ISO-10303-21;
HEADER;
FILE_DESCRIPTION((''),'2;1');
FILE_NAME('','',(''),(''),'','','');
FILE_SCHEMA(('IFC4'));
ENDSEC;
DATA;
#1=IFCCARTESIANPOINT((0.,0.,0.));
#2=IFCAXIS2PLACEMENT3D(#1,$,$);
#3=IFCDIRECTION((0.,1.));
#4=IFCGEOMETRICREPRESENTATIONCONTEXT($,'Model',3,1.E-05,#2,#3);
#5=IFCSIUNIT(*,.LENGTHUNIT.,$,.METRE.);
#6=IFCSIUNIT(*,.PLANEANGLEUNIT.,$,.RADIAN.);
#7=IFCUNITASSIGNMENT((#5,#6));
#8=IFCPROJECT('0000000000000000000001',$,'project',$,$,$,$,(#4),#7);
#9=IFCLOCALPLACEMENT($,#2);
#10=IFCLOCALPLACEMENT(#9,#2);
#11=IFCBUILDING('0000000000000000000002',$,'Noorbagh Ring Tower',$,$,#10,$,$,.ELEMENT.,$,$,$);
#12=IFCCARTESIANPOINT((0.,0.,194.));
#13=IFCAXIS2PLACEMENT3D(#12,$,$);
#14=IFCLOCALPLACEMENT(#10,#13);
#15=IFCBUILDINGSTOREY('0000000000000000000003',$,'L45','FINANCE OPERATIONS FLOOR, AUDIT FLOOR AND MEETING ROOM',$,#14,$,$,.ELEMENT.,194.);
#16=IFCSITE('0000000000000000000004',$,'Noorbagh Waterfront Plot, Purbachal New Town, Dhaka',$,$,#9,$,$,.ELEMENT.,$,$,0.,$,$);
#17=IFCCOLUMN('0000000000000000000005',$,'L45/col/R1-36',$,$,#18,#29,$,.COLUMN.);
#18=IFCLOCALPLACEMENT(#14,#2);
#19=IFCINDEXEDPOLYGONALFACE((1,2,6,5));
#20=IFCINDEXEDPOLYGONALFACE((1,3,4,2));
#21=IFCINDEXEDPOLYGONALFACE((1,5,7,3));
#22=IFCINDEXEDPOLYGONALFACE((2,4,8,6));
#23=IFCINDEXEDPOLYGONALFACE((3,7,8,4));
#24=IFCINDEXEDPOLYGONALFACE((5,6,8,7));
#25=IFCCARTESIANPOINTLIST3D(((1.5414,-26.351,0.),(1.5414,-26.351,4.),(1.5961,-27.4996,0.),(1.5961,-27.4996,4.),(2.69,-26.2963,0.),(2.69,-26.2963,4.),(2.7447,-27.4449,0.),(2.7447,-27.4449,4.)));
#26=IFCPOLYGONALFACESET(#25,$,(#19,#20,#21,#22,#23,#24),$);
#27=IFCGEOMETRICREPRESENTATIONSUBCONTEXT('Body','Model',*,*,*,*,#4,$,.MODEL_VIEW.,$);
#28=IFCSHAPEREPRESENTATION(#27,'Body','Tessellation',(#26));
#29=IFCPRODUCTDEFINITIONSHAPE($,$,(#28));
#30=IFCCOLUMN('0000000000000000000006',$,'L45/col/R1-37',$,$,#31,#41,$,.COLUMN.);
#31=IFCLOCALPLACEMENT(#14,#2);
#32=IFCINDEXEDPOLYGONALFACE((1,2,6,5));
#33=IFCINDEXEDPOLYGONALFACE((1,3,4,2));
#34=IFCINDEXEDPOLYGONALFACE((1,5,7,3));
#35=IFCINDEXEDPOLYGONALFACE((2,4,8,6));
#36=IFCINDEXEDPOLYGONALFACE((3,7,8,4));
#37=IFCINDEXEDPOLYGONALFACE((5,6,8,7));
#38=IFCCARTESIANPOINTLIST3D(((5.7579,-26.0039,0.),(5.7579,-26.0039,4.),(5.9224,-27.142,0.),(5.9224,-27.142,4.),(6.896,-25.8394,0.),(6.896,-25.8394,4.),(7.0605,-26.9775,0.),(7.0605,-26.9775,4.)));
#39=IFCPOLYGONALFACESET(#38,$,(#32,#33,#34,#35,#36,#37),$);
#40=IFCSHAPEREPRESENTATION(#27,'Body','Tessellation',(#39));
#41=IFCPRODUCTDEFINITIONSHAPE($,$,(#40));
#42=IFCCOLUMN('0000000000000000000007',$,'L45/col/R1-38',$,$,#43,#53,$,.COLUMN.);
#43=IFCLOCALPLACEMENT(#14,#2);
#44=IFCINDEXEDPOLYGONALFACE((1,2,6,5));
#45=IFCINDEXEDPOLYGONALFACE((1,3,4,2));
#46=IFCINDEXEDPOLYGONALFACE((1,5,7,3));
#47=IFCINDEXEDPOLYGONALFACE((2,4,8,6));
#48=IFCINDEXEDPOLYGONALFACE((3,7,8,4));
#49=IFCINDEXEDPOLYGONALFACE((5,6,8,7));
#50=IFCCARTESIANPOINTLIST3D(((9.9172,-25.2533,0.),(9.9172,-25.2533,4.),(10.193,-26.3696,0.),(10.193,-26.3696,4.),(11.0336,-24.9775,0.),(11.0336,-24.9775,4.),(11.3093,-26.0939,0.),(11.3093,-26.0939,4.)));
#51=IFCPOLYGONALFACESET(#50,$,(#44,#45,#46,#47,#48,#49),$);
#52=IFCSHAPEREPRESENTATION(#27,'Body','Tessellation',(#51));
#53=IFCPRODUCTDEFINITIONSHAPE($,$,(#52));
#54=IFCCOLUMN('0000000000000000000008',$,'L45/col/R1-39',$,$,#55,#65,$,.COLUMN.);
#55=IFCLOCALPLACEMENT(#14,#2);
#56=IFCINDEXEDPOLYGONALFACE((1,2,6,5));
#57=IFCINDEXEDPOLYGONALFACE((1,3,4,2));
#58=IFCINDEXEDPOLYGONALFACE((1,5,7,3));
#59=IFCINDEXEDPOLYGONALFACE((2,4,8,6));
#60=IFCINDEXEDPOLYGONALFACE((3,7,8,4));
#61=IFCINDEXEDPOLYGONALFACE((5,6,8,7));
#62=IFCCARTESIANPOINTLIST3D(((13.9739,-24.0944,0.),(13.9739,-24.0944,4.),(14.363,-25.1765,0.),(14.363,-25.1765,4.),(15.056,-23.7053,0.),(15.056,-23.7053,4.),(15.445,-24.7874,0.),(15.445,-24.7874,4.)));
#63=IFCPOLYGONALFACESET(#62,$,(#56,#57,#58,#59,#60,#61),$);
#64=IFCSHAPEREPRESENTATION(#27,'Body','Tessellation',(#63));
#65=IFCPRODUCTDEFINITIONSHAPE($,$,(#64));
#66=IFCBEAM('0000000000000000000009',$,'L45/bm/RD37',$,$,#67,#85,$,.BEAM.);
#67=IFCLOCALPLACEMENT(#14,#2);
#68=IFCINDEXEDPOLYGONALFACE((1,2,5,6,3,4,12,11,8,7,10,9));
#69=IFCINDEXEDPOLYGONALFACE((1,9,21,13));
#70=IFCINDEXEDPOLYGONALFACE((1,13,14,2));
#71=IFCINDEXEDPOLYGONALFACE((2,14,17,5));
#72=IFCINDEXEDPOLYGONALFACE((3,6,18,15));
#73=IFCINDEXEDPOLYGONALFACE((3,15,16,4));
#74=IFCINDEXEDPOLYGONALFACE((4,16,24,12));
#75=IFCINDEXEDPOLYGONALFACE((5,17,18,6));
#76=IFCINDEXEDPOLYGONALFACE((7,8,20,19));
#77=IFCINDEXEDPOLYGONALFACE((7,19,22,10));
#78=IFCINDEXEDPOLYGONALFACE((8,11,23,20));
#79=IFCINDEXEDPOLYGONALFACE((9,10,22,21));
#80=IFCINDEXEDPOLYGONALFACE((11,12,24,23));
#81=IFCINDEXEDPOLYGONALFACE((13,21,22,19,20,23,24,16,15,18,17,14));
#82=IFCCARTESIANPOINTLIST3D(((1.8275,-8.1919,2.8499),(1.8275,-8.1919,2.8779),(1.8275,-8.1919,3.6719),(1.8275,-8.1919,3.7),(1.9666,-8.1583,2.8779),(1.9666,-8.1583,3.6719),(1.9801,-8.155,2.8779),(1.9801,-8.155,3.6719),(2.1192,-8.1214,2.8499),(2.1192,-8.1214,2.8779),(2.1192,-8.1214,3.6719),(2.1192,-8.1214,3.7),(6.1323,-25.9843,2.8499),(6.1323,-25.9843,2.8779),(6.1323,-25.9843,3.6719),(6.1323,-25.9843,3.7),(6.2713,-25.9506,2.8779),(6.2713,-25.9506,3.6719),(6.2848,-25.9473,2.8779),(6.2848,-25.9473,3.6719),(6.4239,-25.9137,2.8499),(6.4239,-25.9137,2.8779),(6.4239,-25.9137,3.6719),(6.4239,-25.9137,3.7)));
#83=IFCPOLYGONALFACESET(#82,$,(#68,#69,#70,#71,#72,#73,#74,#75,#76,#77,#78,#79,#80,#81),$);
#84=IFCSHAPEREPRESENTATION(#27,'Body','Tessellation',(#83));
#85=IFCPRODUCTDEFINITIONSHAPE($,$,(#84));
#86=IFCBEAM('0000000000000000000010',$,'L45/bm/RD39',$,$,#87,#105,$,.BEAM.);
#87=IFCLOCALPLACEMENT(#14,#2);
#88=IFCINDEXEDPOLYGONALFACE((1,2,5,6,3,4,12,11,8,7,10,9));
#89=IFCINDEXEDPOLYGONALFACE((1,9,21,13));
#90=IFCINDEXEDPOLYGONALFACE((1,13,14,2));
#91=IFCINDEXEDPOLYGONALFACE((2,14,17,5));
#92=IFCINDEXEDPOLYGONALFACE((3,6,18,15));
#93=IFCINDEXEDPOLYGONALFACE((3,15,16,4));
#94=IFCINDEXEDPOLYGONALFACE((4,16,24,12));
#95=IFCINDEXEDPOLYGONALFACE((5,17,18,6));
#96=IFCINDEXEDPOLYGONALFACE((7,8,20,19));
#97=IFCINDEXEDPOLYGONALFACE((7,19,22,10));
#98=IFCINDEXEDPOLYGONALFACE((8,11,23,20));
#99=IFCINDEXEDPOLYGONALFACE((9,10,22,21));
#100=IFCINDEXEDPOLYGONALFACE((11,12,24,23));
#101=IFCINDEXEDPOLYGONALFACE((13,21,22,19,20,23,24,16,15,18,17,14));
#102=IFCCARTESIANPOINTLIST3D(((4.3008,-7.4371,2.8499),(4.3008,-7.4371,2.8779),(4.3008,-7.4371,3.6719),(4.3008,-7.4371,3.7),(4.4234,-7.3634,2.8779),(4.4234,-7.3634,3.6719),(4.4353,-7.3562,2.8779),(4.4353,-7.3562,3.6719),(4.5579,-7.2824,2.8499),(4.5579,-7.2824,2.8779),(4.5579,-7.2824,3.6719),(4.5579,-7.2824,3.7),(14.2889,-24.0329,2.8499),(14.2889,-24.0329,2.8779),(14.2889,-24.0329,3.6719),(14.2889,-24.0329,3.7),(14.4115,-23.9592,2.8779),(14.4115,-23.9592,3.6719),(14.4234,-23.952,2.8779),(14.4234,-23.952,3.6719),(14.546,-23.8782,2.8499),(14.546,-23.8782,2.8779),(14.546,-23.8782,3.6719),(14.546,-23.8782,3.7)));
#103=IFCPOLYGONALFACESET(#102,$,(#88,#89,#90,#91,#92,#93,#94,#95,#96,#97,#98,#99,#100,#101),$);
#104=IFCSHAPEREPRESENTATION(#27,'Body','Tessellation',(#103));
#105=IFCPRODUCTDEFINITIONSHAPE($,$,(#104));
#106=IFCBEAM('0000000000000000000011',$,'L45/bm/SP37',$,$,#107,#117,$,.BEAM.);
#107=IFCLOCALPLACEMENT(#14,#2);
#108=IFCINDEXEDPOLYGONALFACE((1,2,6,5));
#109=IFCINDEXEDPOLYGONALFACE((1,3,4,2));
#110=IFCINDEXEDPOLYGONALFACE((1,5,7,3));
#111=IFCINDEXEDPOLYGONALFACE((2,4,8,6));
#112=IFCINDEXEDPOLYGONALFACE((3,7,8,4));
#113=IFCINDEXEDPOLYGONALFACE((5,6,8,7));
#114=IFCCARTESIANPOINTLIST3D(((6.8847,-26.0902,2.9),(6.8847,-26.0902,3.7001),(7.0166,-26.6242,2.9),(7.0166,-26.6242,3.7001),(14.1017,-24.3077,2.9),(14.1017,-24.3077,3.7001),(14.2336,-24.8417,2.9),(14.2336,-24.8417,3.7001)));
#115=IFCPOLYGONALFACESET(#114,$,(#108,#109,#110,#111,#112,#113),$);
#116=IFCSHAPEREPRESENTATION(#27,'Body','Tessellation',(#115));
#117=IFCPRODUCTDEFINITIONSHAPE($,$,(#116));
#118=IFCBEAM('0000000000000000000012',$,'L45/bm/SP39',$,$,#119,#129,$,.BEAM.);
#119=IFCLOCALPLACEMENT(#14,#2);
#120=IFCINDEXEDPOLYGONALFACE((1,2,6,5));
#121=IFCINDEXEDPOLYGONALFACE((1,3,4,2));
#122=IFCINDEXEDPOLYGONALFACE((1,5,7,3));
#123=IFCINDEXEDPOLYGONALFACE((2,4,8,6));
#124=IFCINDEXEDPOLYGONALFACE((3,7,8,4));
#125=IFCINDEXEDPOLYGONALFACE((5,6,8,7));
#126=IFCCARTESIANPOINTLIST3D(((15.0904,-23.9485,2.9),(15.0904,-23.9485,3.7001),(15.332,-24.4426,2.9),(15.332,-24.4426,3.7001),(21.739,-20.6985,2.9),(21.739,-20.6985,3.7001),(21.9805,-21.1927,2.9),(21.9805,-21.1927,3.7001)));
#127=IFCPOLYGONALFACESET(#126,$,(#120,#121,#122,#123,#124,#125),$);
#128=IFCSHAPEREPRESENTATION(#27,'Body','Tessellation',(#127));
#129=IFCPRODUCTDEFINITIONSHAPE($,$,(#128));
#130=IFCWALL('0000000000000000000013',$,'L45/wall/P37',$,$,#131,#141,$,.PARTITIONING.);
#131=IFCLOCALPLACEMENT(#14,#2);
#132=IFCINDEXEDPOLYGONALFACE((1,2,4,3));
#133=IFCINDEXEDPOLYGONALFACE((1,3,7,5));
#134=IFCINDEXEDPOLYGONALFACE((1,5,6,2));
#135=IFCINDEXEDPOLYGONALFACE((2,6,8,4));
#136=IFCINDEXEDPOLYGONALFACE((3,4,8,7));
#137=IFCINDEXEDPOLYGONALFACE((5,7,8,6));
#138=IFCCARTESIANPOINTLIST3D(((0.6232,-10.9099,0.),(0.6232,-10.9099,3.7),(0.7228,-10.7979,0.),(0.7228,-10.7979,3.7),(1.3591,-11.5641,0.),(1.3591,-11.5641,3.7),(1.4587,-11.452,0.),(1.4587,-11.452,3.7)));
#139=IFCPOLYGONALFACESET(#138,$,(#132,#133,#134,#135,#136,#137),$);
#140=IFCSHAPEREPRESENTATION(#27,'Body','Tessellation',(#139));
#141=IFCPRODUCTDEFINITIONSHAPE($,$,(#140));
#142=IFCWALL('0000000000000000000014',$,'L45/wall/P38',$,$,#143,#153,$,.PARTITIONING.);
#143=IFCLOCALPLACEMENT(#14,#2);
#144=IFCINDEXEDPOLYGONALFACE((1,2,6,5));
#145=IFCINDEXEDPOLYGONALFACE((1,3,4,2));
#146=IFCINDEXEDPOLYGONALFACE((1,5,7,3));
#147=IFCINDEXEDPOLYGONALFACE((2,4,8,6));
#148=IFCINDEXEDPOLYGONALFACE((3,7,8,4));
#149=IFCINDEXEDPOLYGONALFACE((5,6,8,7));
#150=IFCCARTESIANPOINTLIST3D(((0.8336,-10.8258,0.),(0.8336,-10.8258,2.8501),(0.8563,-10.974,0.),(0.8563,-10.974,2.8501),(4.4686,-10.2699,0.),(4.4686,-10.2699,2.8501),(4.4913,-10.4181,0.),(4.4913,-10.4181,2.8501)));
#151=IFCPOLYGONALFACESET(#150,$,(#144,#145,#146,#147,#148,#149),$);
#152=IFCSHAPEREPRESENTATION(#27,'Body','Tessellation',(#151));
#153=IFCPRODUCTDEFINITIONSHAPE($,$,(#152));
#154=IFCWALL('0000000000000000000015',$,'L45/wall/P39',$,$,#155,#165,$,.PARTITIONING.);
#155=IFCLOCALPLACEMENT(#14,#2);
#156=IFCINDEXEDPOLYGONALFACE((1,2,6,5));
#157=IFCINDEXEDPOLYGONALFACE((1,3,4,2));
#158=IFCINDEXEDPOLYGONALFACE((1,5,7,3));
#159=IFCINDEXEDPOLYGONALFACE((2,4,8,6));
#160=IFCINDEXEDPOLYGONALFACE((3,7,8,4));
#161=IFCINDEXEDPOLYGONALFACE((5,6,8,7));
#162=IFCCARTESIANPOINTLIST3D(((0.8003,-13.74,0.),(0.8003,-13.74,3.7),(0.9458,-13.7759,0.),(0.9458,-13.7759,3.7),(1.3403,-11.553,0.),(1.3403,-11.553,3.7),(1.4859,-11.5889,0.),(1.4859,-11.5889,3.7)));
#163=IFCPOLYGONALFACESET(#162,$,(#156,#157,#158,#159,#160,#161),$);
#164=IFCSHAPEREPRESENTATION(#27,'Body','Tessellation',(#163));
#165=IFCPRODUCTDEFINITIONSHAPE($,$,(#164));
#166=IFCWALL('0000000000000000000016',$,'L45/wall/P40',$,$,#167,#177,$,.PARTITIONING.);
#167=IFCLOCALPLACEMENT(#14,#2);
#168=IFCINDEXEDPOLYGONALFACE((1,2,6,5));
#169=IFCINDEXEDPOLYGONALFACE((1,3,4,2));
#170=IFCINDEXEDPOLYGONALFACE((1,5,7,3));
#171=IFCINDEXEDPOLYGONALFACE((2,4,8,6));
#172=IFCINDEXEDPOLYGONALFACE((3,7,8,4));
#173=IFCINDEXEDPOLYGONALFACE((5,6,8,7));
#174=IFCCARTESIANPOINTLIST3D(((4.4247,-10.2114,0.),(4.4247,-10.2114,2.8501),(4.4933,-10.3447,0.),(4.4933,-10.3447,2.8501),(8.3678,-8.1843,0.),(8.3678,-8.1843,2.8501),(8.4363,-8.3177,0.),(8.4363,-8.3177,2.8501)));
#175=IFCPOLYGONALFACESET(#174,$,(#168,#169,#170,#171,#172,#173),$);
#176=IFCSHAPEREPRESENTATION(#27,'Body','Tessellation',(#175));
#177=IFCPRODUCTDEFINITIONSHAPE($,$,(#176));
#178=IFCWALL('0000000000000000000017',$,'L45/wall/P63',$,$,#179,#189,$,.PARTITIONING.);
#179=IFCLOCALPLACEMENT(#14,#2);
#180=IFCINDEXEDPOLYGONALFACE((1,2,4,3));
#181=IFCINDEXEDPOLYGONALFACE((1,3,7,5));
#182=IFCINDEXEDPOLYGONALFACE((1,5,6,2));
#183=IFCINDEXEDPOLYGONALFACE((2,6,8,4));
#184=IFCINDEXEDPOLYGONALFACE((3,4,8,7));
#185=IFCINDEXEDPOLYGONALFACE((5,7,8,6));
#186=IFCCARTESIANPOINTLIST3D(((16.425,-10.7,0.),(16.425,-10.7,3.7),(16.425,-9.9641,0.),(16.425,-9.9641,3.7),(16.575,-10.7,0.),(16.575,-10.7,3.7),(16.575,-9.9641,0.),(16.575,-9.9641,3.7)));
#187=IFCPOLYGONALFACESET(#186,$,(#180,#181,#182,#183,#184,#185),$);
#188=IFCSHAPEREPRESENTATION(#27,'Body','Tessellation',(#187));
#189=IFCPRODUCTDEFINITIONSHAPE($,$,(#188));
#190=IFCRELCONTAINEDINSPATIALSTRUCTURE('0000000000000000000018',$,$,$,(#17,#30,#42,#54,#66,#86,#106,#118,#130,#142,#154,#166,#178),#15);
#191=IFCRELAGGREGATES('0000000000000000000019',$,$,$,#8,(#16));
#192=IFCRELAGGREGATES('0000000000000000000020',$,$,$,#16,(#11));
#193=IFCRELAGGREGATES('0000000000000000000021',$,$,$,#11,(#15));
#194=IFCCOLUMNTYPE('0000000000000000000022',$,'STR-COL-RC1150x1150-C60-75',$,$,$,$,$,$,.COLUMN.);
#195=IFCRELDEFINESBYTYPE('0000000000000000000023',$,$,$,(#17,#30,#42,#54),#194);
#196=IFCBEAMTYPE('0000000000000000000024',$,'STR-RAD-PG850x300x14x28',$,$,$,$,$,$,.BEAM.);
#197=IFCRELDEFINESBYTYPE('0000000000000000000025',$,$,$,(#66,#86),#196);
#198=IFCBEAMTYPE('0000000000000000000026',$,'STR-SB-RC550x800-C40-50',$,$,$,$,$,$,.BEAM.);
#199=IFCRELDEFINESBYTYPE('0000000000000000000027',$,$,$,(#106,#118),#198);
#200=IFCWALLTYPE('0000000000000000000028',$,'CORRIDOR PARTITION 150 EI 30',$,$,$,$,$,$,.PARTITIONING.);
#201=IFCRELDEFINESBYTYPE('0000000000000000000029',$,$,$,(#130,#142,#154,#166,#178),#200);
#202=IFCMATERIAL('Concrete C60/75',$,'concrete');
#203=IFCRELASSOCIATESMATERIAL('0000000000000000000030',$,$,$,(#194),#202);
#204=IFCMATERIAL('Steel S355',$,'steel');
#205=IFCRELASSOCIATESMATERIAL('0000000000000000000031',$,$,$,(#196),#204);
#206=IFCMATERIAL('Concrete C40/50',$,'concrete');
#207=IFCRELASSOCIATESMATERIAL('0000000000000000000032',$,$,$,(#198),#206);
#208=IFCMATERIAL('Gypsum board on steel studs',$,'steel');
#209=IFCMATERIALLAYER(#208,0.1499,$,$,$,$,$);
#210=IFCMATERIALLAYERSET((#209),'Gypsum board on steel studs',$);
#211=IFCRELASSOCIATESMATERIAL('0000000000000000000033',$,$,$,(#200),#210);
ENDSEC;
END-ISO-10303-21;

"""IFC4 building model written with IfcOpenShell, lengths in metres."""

from ifc_helpers import new_model, si_unit, direction, frame, frame_2d, origin, origin_2d, place, context, subcontext, project, spatial, rectangle, i_section, extrude, material, layer, layer_set, material_profile, profile_set, type_object, element, save


model = new_model("IFC4")

# Units and contexts
model_context = context("Model", 3, precision=1e-05, world=origin(), true_north=direction((0.0, 1.0)))
body_context = subcontext(model_context, "Body", "Model", "MODEL_VIEW")
ifc_project = project(units=[si_unit("LENGTHUNIT", "METRE"), si_unit("PLANEANGLEUNIT", "RADIAN")], contexts=[model_context])

# Site, building, storey
site_placement = place(None, origin())
site = spatial("IfcSite", under=ifc_project, at=site_placement, Name="Noorbagh Waterfront Plot, Purbachal New Town, Dhaka", CompositionType="ELEMENT", RefElevation=0.0)
building_placement = place(site_placement, origin())
building = spatial("IfcBuilding", under=site, at=building_placement, Name="Noorbagh Ring Tower", CompositionType="ELEMENT")
storey_placement = place(building_placement, frame((0.0, 0.0, 194.0)))
storey = spatial("IfcBuildingStorey", under=building, at=storey_placement, Name="L45", Description="FINANCE OPERATIONS FLOOR, AUDIT FLOOR AND MEETING ROOM", CompositionType="ELEMENT", Elevation=194.0)

# Columns
ifc_material_1 = material(Name="Concrete C60/75", Category="concrete")
ifc_material_profile_1 = material_profile(ifc_material_1, rectangle(XDim=1.1499, YDim=1.1499, at=origin_2d()), Name="RC1150x1150")
ifc_profile_set_1 = profile_set([ifc_material_profile_1], Name="Concrete C60/75")
column_type = type_object("IfcColumnType", Name="STR-COL-RC1150x1150-C60-75", PredefinedType="COLUMN", material=ifc_profile_set_1)
for number, where, z_axis, x_axis, name in (
    (1, (2.1431, -26.8979, 0.0), (0.0, 0.0, 1.0), (0.998869, 0.047553, 0.0), "L45/col/R1-36"),
    (2, (6.4092, -26.4907, 0.0), (0.0, 0.0, 1.0), (0.989713, 0.143066, 0.0), "L45/col/R1-37"),
    (3, (10.6133, -25.6736, 0.0), (0.0, 0.0, 1.0), (0.970829, 0.239771, 0.0), "L45/col/R1-38"),
    (4, (14.7095, -24.4409, 0.0), (0.0, 0.0, 1.0), (0.941025, 0.338338, 0.0), "L45/col/R1-39"),
):
    element("IfcColumn", number, at=place(storey_placement, frame(where, z_axis=z_axis, x_axis=x_axis)), inside=storey, type_object=column_type, Name=name, PredefinedType="COLUMN", context=body_context, shape_type="SweptSolid", body=[
        extrude(rectangle(XDim=1.1499, YDim=1.1499, at=origin_2d()), origin(), (0.0, 0.0, 1.0), 4.0),
    ])

# Beams
ifc_material_2 = material(Name="Steel S355", Category="steel")
ifc_material_profile_2 = material_profile(ifc_material_2, i_section(OverallWidth=0.3, OverallDepth=0.8501, WebThickness=0.0139, FlangeThickness=0.0281, at=origin_2d()), Name="PG850x300x14x28")
ifc_profile_set_2 = profile_set([ifc_material_profile_2], Name="Steel S355")
beam_type_1 = type_object("IfcBeamType", Name="STR-RAD-PG850x300x14x28", PredefinedType="BEAM", material=ifc_profile_set_2)
beam_1_placement = place(storey_placement, frame((6.2781, -25.949, 3.2749), z_axis=(-0.235157, 0.971957, 0.0), x_axis=(-0.971957, -0.235157, 0.0)))
element("IfcBeam", 5, at=beam_1_placement, inside=storey, type_object=beam_type_1, Name="L45/bm/RD37", PredefinedType="BEAM", context=body_context, shape_type="SweptSolid", body=[
    extrude(i_section(OverallWidth=0.3, OverallDepth=0.8501, WebThickness=0.0139, FlangeThickness=0.0281, at=origin_2d()), origin(), (0.0, 0.0, 1.0), 18.3057),
])
beam_2_placement = place(storey_placement, frame((14.4175, -23.9556, 3.2749), z_axis=(-0.515657, 0.856795, 0.0), x_axis=(-0.856795, -0.515657, 0.0)))
element("IfcBeam", 6, at=beam_2_placement, inside=storey, type_object=beam_type_1, Name="L45/bm/RD39", PredefinedType="BEAM", context=body_context, shape_type="SweptSolid", body=[
    extrude(i_section(OverallWidth=0.3, OverallDepth=0.8501, WebThickness=0.0139, FlangeThickness=0.0281, at=origin_2d()), origin(), (0.0, 0.0, 1.0), 19.3696),
])
ifc_material_3 = material(Name="Concrete C40/50", Category="concrete")
ifc_material_profile_3 = material_profile(ifc_material_3, rectangle(XDim=0.55, YDim=0.8, at=origin_2d()), Name="RC550x800")
ifc_profile_set_3 = profile_set([ifc_material_profile_3], Name="Concrete C40/50")
beam_type_2 = type_object("IfcBeamType", Name="STR-SB-RC550x800-C40-50", PredefinedType="BEAM", material=ifc_profile_set_3)
beam_3_placement = place(storey_placement, frame((6.9507, -26.3572, 3.3), z_axis=(0.970828, 0.239776, 0.0), x_axis=(-0.239776, 0.970828, 0.0)))
element("IfcBeam", 7, at=beam_3_placement, inside=storey, type_object=beam_type_2, Name="L45/bm/SP37", PredefinedType="BEAM", context=body_context, shape_type="SweptSolid", body=[
    extrude(rectangle(XDim=0.55, YDim=0.8, at=origin_2d()), origin(), (0.0, 0.0, 1.0), 7.4338),
])
beam_4_placement = place(storey_placement, frame((15.2112, -24.1956, 3.3), z_axis=(0.898409, 0.439159, 0.0), x_axis=(-0.439159, 0.898409, 0.0)))
element("IfcBeam", 8, at=beam_4_placement, inside=storey, type_object=beam_type_2, Name="L45/bm/SP39", PredefinedType="BEAM", context=body_context, shape_type="SweptSolid", body=[
    extrude(rectangle(XDim=0.55, YDim=0.8, at=origin_2d()), origin(), (0.0, 0.0, 1.0), 7.4004),
])

# Walls
ifc_material_4 = material(Name="Gypsum board on steel studs", Category="steel")
ifc_layer_1 = layer(ifc_material_4, 0.1499)
ifc_layer_set_1 = layer_set([ifc_layer_1], Name="Gypsum board on steel studs")
wall_type_1 = type_object("IfcWallType", Name="CORRIDOR PARTITION 150 EI 30", PredefinedType="PARTITIONING", material=ifc_layer_set_1)
wall_1_placement = place(storey_placement, frame((0.6731, -10.854, 0.0), z_axis=(0.0, 0.0, 1.0), x_axis=(0.747423, -0.664348, 0.0)))
element("IfcWall", 9, at=wall_1_placement, inside=storey, type_object=wall_type_1, Name="L45/wall/P37", PredefinedType="PARTITIONING", context=body_context, shape_type="SweptSolid", body=[
    extrude(rectangle(XDim=0.9846, YDim=0.1499, at=frame_2d((0.4922, 0.0))), origin(), (0.0, 0.0, 1.0), 3.7),
])
wall_2_placement = place(storey_placement, frame((0.845, -10.8999, 0.0), z_axis=(0.0, 0.0, 1.0), x_axis=(0.988507, 0.151174, 0.0)))
element("IfcWall", 10, at=wall_2_placement, inside=storey, type_object=wall_type_1, Name="L45/wall/P38", PredefinedType="PARTITIONING", context=body_context, shape_type="SweptSolid", body=[
    extrude(rectangle(XDim=3.6772, YDim=0.1499, at=frame_2d((1.8386, 0.0))), origin(), (0.0, 0.0, 1.0), 2.8501),
])
wall_3_placement = place(storey_placement, frame((0.873, -13.7581, 0.0), z_axis=(0.0, 0.0, 1.0), x_axis=(0.23973, 0.97084, 0.0)))
element("IfcWall", 11, at=wall_3_placement, inside=storey, type_object=wall_type_1, Name="L45/wall/P39", PredefinedType="PARTITIONING", context=body_context, shape_type="SweptSolid", body=[
    extrude(rectangle(XDim=2.2527, YDim=0.1499, at=frame_2d((1.1265, 0.0))), origin(), (0.0, 0.0, 1.0), 3.7),
])
wall_4_placement = place(storey_placement, frame((4.459, -10.2781, 0.0), z_axis=(0.0, 0.0, 1.0), x_axis=(0.88936, 0.457207, 0.0)))
element("IfcWall", 12, at=wall_4_placement, inside=storey, type_object=wall_type_1, Name="L45/wall/P40", PredefinedType="PARTITIONING", context=body_context, shape_type="SweptSolid", body=[
    extrude(rectangle(XDim=4.4336, YDim=0.1499, at=frame_2d((2.2168, 0.0))), origin(), (0.0, 0.0, 1.0), 2.8501),
])
wall_5_placement = place(storey_placement, frame((16.5, -10.7, 0.0), z_axis=(0.0, 0.0, 1.0), x_axis=(0.0, 1.0, 0.0)))
element("IfcWall", 13, at=wall_5_placement, inside=storey, type_object=wall_type_1, Name="L45/wall/P63", PredefinedType="PARTITIONING", context=body_context, shape_type="SweptSolid", body=[
    extrude(rectangle(XDim=0.7358, YDim=0.1499, at=frame_2d((0.3679, 0.0))), origin(), (0.0, 0.0, 1.0), 3.7),
])

save(model, "model.ifc")
